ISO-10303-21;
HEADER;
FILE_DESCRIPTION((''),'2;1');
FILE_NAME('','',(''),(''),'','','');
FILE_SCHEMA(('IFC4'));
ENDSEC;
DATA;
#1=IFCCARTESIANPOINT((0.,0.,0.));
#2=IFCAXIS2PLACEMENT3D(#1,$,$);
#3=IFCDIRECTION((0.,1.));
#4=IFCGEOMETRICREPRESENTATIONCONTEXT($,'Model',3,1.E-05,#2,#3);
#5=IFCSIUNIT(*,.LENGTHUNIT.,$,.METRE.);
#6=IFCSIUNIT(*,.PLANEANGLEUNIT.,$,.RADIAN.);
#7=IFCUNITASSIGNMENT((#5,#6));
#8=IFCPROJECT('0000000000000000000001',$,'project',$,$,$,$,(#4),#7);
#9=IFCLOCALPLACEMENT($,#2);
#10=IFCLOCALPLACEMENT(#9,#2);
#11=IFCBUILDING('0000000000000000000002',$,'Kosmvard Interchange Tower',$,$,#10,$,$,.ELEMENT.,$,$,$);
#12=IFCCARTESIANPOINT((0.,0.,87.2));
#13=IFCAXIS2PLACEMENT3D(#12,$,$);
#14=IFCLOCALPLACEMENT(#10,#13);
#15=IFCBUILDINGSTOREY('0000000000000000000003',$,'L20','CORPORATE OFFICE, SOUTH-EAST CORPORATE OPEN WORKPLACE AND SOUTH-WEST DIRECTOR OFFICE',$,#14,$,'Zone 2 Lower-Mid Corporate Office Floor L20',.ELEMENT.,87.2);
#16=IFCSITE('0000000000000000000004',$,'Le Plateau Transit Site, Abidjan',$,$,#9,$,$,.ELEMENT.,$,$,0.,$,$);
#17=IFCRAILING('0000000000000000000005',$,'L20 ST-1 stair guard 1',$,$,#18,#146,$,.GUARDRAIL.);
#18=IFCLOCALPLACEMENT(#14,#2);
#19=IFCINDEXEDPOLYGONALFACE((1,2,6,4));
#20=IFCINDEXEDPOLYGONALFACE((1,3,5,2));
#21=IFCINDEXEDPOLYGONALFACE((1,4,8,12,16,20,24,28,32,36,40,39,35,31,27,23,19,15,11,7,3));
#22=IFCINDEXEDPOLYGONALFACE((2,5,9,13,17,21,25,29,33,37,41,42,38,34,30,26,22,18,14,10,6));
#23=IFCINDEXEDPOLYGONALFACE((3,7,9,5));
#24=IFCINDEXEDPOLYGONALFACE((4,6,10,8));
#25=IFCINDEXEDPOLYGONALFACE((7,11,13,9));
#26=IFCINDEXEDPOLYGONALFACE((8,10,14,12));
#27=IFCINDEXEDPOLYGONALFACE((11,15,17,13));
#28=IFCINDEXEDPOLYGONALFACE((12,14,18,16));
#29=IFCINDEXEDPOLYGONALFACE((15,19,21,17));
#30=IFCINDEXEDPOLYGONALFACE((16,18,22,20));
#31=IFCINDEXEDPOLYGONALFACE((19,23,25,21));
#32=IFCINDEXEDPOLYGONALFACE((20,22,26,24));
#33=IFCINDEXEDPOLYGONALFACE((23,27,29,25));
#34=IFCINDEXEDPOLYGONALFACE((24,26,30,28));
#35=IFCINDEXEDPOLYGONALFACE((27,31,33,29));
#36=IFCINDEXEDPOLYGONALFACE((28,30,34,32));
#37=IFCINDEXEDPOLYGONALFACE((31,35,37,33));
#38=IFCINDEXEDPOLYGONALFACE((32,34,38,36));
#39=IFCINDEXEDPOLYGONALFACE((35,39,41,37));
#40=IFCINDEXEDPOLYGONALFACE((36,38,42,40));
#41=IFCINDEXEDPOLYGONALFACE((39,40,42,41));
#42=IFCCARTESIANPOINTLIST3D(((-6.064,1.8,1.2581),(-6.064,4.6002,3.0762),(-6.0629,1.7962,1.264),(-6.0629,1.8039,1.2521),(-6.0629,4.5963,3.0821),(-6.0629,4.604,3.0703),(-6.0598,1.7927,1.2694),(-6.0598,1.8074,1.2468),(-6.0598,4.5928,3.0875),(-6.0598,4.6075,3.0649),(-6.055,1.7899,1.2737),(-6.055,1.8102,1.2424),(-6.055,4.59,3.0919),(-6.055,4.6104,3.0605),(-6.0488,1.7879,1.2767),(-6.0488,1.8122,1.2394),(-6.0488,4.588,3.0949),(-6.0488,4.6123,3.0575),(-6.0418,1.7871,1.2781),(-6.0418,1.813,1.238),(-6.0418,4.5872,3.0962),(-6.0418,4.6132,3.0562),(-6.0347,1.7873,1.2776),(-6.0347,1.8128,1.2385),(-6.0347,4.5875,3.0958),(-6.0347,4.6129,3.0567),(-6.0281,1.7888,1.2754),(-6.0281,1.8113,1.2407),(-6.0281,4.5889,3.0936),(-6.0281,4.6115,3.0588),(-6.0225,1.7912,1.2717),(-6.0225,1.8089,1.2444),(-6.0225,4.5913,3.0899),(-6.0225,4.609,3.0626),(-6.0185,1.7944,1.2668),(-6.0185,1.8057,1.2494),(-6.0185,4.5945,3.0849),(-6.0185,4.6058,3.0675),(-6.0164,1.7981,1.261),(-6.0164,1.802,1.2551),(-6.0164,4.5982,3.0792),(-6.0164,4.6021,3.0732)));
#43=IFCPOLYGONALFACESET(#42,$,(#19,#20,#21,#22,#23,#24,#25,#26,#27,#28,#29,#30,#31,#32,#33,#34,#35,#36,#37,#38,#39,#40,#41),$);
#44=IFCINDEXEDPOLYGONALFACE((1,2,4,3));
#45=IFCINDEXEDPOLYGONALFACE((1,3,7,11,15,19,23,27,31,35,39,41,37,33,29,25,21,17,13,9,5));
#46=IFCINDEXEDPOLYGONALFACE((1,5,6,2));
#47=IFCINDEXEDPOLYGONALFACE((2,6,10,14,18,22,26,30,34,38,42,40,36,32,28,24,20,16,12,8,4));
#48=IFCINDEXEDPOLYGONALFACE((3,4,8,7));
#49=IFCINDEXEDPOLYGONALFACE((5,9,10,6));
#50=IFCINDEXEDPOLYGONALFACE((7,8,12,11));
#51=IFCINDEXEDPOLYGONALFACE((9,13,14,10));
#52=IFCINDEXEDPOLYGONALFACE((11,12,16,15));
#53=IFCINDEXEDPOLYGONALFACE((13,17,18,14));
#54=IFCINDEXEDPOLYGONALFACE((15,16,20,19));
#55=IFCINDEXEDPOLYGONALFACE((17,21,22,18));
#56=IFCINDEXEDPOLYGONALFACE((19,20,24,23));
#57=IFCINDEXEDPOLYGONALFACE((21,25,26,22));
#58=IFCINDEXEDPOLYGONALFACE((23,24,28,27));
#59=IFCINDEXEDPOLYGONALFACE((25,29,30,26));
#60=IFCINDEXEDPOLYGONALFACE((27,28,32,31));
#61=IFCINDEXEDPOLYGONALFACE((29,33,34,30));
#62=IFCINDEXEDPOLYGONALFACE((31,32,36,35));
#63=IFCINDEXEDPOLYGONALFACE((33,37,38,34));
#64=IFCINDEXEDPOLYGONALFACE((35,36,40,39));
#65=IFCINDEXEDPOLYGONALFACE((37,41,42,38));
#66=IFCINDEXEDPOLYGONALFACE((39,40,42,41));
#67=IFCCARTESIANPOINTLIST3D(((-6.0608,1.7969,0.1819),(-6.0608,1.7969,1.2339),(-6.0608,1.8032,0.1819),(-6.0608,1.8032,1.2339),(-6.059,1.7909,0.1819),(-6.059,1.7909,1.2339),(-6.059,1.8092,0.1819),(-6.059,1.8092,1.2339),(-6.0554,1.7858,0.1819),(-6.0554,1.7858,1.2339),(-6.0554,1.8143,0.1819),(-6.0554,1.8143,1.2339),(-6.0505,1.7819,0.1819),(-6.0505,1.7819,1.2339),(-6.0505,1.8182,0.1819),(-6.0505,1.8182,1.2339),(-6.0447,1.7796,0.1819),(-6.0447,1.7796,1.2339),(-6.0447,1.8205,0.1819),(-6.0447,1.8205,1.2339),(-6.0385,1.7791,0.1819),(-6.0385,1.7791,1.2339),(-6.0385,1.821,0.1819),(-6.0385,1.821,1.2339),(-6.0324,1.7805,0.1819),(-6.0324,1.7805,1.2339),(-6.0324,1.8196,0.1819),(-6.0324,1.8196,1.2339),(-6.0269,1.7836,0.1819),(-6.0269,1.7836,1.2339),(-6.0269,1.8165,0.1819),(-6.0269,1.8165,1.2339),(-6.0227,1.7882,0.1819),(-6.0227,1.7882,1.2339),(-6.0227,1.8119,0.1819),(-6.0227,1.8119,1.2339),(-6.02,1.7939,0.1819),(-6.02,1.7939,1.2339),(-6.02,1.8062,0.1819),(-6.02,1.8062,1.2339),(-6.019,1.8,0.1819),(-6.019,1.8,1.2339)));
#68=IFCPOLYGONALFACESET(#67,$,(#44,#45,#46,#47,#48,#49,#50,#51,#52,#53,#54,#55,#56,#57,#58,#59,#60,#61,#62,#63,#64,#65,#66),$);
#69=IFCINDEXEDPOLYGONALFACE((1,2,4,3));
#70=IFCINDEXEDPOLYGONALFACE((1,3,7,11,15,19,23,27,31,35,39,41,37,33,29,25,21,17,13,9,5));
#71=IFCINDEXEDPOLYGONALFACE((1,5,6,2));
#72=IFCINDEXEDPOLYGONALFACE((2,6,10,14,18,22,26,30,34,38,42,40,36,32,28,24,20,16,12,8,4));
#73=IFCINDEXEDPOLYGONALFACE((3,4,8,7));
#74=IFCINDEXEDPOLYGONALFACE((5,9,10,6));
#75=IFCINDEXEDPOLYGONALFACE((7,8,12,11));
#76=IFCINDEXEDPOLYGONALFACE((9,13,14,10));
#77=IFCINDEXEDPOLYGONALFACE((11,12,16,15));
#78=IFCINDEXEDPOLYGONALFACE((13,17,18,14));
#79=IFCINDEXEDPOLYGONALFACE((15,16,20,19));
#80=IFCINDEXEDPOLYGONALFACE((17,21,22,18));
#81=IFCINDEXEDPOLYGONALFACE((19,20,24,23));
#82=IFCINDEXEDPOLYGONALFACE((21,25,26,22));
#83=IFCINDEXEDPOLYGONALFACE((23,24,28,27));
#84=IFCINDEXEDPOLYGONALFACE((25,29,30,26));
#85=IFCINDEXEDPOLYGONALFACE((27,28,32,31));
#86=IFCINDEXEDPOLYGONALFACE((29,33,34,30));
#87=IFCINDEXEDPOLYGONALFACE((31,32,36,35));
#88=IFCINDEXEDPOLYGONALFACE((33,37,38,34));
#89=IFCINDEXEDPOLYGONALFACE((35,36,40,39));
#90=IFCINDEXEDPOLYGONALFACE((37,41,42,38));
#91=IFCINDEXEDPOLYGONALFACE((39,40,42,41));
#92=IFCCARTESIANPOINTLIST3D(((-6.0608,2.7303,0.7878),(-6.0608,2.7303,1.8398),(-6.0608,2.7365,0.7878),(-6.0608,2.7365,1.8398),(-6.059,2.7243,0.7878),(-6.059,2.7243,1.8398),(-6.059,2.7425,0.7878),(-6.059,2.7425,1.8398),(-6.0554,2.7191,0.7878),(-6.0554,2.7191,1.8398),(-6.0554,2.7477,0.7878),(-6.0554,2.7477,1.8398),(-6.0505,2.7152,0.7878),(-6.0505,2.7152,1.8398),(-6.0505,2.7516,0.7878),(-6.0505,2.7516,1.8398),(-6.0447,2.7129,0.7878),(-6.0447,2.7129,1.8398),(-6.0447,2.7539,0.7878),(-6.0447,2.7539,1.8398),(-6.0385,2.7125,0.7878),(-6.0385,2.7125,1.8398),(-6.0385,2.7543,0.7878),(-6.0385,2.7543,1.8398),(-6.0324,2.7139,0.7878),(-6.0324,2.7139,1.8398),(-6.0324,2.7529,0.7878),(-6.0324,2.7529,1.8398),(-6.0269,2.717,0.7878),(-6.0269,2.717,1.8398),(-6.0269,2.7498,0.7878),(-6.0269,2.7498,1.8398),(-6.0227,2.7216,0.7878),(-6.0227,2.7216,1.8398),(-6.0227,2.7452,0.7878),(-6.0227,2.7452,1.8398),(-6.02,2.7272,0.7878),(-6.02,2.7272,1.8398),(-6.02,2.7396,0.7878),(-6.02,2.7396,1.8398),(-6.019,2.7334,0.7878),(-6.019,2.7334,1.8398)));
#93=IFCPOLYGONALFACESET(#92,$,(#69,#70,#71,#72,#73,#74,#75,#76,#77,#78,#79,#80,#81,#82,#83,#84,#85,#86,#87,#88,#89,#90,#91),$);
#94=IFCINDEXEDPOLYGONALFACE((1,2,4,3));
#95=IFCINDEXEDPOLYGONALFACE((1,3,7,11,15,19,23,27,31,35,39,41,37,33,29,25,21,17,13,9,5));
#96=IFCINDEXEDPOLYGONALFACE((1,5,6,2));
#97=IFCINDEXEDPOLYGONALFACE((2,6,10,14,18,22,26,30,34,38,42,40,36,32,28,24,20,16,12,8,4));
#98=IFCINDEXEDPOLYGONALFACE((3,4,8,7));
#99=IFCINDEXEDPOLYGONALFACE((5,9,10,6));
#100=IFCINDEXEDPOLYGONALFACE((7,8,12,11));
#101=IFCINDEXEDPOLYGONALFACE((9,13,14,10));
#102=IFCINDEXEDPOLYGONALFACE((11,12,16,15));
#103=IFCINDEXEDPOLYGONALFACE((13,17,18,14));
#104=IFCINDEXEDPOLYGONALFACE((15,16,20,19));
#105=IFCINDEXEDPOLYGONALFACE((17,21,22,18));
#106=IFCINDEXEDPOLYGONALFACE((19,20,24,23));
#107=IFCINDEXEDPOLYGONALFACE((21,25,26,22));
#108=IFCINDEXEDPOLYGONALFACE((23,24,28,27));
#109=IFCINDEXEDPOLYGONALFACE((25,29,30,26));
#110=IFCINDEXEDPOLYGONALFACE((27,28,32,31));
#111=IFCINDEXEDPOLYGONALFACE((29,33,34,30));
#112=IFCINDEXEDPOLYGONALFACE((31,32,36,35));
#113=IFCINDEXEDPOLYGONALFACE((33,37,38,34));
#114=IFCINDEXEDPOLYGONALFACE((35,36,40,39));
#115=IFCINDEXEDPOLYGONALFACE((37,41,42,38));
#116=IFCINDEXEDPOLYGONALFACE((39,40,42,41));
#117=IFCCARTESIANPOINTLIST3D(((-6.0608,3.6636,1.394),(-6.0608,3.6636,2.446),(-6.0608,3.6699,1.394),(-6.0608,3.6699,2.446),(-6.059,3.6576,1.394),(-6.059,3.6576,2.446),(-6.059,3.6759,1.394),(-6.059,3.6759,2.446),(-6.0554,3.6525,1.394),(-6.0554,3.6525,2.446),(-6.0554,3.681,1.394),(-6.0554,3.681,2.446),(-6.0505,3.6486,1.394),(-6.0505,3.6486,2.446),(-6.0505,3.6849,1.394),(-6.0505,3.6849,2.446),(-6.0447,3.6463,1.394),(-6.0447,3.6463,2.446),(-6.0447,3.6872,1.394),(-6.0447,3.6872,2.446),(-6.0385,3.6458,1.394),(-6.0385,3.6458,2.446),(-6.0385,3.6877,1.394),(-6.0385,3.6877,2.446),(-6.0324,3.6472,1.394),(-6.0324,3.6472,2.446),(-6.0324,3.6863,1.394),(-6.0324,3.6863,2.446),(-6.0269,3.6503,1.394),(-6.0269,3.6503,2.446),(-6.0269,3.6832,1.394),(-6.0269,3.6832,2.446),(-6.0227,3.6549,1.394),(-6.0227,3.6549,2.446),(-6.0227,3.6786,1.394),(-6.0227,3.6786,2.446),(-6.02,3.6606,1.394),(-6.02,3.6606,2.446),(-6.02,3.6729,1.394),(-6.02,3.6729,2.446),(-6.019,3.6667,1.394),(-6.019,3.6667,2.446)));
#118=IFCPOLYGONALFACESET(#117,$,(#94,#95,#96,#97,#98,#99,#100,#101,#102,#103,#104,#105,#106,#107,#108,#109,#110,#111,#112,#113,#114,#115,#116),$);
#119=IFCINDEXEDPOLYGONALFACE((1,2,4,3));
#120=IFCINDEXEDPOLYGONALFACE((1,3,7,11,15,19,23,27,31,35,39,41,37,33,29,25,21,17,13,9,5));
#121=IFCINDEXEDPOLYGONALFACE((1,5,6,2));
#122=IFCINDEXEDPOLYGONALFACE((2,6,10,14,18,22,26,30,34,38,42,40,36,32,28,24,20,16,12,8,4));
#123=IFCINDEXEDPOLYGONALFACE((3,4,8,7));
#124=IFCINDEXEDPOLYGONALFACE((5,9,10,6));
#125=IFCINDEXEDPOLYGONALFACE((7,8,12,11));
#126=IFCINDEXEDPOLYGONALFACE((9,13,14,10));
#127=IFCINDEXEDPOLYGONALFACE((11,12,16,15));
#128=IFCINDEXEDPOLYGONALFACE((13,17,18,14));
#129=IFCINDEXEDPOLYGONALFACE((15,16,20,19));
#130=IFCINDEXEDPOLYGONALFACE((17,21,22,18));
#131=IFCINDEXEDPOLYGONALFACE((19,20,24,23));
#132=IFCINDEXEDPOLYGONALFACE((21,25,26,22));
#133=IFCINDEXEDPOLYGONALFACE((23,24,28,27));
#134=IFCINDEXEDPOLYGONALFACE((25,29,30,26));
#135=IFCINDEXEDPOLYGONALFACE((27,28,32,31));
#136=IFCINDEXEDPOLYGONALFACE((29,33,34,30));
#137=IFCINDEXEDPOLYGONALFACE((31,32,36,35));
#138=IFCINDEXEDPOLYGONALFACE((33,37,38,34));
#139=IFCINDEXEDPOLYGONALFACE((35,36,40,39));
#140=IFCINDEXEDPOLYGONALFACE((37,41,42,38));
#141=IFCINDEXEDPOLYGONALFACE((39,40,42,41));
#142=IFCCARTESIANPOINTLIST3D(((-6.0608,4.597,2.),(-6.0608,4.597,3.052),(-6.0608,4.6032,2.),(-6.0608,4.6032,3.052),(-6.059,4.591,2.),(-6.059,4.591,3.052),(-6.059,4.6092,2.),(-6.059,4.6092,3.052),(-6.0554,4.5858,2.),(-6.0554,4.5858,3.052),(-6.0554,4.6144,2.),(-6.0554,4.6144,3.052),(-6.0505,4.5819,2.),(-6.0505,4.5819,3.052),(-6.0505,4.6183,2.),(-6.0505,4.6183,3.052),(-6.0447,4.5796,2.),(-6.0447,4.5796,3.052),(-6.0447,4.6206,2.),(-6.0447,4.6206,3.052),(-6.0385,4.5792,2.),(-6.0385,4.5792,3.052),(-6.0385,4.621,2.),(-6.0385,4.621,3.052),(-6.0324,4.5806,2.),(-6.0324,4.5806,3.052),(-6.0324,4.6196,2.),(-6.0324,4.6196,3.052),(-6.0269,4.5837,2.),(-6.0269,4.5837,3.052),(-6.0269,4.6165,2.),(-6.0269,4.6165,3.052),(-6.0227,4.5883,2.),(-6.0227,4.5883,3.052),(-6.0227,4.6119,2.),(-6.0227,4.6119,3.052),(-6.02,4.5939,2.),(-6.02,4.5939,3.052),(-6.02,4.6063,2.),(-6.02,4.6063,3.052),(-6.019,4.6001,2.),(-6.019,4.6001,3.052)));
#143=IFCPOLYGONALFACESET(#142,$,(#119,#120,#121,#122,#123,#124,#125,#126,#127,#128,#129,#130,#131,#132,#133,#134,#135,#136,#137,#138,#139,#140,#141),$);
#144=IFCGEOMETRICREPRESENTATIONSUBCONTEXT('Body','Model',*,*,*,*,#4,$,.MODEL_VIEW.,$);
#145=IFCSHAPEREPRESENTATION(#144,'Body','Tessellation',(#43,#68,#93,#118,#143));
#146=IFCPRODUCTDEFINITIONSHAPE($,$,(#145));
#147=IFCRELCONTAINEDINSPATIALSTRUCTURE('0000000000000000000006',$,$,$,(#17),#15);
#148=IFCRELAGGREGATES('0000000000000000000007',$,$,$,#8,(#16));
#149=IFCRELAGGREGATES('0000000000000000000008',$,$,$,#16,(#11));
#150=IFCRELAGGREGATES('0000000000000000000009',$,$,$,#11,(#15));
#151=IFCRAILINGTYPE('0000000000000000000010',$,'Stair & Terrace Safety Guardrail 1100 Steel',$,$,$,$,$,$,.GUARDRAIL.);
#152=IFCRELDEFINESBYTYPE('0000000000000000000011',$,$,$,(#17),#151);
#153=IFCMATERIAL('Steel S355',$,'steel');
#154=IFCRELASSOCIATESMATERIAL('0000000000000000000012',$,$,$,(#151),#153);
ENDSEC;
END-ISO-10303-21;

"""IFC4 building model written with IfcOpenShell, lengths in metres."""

from ifc_helpers import new_model, si_unit, direction, frame, origin, origin_2d, place, context, subcontext, project, spatial, circle, extrude, source, transform, mapped, material, type_object, element, save


model = new_model("IFC4")

# Units and contexts
model_context = context("Model", 3, precision=1e-05, world=origin(), true_north=direction((0.0, 1.0)))
body_context = subcontext(model_context, "Body", "Model", "MODEL_VIEW")
ifc_project = project(units=[si_unit("LENGTHUNIT", "METRE"), si_unit("PLANEANGLEUNIT", "RADIAN")], contexts=[model_context])

# Site, building, storey
site_placement = place(None, origin())
site = spatial("IfcSite", under=ifc_project, at=site_placement, Name="Le Plateau Transit Site, Abidjan", CompositionType="ELEMENT", RefElevation=0.0)
building_placement = place(site_placement, origin())
building = spatial("IfcBuilding", under=site, at=building_placement, Name="Kosmvard Interchange Tower", CompositionType="ELEMENT")
storey_placement = place(building_placement, frame((0.0, 0.0, 87.2)))
storey = spatial("IfcBuildingStorey", under=building, at=storey_placement, Name="L20", Description="CORPORATE OFFICE, SOUTH-EAST CORPORATE OPEN WORKPLACE AND SOUTH-WEST DIRECTOR OFFICE", LongName="Zone 2 Lower-Mid Corporate Office Floor L20", CompositionType="ELEMENT", Elevation=87.2)

# Shared definitions
ifc_material_1 = material(Name="Steel S355", Category="steel")

# Railing
railing_type_1 = type_object("IfcRailingType", Name="Stair & Terrace Safety Guardrail 1100 Steel", PredefinedType="GUARDRAIL", material=ifc_material_1)
shared_shape_1 = source(origin(), body_context, "Body", "SweptSolid", [
    extrude(circle(Radius=0.0239, at=origin_2d()), frame((0.0, 0.0, 1.0762), z_axis=(0.0, 0.838706, 0.544585), x_axis=(-1.0, 0.0, 0.0)), (0.0, 0.0, 1.0), 3.3386),
    extrude(circle(Radius=0.021, at=origin_2d()), origin(), (0.0, 0.0, 1.0), 1.052),
    extrude(circle(Radius=0.021, at=origin_2d()), frame((0.0, 0.9333, 0.606)), (0.0, 0.0, 1.0), 1.052),
    extrude(circle(Radius=0.021, at=origin_2d()), frame((0.0, 1.8667, 1.2122)), (0.0, 0.0, 1.0), 1.052),
    extrude(circle(Radius=0.021, at=origin_2d()), frame((0.0, 2.8, 1.8181)), (0.0, 0.0, 1.0), 1.052),
])
railing_1_placement = place(storey_placement, frame((-6.04, 1.8, 0.1819)))
element("IfcRailing", 1, at=railing_1_placement, inside=storey, type_object=railing_type_1, Name="L20 ST-1 stair guard 1", PredefinedType="GUARDRAIL", context=body_context, shape_type="MappedRepresentation", body=[
    mapped(shared_shape_1, transform((0.0, 0.0, 0.0), scale=1.0)),
])

save(model, "model.ifc")
